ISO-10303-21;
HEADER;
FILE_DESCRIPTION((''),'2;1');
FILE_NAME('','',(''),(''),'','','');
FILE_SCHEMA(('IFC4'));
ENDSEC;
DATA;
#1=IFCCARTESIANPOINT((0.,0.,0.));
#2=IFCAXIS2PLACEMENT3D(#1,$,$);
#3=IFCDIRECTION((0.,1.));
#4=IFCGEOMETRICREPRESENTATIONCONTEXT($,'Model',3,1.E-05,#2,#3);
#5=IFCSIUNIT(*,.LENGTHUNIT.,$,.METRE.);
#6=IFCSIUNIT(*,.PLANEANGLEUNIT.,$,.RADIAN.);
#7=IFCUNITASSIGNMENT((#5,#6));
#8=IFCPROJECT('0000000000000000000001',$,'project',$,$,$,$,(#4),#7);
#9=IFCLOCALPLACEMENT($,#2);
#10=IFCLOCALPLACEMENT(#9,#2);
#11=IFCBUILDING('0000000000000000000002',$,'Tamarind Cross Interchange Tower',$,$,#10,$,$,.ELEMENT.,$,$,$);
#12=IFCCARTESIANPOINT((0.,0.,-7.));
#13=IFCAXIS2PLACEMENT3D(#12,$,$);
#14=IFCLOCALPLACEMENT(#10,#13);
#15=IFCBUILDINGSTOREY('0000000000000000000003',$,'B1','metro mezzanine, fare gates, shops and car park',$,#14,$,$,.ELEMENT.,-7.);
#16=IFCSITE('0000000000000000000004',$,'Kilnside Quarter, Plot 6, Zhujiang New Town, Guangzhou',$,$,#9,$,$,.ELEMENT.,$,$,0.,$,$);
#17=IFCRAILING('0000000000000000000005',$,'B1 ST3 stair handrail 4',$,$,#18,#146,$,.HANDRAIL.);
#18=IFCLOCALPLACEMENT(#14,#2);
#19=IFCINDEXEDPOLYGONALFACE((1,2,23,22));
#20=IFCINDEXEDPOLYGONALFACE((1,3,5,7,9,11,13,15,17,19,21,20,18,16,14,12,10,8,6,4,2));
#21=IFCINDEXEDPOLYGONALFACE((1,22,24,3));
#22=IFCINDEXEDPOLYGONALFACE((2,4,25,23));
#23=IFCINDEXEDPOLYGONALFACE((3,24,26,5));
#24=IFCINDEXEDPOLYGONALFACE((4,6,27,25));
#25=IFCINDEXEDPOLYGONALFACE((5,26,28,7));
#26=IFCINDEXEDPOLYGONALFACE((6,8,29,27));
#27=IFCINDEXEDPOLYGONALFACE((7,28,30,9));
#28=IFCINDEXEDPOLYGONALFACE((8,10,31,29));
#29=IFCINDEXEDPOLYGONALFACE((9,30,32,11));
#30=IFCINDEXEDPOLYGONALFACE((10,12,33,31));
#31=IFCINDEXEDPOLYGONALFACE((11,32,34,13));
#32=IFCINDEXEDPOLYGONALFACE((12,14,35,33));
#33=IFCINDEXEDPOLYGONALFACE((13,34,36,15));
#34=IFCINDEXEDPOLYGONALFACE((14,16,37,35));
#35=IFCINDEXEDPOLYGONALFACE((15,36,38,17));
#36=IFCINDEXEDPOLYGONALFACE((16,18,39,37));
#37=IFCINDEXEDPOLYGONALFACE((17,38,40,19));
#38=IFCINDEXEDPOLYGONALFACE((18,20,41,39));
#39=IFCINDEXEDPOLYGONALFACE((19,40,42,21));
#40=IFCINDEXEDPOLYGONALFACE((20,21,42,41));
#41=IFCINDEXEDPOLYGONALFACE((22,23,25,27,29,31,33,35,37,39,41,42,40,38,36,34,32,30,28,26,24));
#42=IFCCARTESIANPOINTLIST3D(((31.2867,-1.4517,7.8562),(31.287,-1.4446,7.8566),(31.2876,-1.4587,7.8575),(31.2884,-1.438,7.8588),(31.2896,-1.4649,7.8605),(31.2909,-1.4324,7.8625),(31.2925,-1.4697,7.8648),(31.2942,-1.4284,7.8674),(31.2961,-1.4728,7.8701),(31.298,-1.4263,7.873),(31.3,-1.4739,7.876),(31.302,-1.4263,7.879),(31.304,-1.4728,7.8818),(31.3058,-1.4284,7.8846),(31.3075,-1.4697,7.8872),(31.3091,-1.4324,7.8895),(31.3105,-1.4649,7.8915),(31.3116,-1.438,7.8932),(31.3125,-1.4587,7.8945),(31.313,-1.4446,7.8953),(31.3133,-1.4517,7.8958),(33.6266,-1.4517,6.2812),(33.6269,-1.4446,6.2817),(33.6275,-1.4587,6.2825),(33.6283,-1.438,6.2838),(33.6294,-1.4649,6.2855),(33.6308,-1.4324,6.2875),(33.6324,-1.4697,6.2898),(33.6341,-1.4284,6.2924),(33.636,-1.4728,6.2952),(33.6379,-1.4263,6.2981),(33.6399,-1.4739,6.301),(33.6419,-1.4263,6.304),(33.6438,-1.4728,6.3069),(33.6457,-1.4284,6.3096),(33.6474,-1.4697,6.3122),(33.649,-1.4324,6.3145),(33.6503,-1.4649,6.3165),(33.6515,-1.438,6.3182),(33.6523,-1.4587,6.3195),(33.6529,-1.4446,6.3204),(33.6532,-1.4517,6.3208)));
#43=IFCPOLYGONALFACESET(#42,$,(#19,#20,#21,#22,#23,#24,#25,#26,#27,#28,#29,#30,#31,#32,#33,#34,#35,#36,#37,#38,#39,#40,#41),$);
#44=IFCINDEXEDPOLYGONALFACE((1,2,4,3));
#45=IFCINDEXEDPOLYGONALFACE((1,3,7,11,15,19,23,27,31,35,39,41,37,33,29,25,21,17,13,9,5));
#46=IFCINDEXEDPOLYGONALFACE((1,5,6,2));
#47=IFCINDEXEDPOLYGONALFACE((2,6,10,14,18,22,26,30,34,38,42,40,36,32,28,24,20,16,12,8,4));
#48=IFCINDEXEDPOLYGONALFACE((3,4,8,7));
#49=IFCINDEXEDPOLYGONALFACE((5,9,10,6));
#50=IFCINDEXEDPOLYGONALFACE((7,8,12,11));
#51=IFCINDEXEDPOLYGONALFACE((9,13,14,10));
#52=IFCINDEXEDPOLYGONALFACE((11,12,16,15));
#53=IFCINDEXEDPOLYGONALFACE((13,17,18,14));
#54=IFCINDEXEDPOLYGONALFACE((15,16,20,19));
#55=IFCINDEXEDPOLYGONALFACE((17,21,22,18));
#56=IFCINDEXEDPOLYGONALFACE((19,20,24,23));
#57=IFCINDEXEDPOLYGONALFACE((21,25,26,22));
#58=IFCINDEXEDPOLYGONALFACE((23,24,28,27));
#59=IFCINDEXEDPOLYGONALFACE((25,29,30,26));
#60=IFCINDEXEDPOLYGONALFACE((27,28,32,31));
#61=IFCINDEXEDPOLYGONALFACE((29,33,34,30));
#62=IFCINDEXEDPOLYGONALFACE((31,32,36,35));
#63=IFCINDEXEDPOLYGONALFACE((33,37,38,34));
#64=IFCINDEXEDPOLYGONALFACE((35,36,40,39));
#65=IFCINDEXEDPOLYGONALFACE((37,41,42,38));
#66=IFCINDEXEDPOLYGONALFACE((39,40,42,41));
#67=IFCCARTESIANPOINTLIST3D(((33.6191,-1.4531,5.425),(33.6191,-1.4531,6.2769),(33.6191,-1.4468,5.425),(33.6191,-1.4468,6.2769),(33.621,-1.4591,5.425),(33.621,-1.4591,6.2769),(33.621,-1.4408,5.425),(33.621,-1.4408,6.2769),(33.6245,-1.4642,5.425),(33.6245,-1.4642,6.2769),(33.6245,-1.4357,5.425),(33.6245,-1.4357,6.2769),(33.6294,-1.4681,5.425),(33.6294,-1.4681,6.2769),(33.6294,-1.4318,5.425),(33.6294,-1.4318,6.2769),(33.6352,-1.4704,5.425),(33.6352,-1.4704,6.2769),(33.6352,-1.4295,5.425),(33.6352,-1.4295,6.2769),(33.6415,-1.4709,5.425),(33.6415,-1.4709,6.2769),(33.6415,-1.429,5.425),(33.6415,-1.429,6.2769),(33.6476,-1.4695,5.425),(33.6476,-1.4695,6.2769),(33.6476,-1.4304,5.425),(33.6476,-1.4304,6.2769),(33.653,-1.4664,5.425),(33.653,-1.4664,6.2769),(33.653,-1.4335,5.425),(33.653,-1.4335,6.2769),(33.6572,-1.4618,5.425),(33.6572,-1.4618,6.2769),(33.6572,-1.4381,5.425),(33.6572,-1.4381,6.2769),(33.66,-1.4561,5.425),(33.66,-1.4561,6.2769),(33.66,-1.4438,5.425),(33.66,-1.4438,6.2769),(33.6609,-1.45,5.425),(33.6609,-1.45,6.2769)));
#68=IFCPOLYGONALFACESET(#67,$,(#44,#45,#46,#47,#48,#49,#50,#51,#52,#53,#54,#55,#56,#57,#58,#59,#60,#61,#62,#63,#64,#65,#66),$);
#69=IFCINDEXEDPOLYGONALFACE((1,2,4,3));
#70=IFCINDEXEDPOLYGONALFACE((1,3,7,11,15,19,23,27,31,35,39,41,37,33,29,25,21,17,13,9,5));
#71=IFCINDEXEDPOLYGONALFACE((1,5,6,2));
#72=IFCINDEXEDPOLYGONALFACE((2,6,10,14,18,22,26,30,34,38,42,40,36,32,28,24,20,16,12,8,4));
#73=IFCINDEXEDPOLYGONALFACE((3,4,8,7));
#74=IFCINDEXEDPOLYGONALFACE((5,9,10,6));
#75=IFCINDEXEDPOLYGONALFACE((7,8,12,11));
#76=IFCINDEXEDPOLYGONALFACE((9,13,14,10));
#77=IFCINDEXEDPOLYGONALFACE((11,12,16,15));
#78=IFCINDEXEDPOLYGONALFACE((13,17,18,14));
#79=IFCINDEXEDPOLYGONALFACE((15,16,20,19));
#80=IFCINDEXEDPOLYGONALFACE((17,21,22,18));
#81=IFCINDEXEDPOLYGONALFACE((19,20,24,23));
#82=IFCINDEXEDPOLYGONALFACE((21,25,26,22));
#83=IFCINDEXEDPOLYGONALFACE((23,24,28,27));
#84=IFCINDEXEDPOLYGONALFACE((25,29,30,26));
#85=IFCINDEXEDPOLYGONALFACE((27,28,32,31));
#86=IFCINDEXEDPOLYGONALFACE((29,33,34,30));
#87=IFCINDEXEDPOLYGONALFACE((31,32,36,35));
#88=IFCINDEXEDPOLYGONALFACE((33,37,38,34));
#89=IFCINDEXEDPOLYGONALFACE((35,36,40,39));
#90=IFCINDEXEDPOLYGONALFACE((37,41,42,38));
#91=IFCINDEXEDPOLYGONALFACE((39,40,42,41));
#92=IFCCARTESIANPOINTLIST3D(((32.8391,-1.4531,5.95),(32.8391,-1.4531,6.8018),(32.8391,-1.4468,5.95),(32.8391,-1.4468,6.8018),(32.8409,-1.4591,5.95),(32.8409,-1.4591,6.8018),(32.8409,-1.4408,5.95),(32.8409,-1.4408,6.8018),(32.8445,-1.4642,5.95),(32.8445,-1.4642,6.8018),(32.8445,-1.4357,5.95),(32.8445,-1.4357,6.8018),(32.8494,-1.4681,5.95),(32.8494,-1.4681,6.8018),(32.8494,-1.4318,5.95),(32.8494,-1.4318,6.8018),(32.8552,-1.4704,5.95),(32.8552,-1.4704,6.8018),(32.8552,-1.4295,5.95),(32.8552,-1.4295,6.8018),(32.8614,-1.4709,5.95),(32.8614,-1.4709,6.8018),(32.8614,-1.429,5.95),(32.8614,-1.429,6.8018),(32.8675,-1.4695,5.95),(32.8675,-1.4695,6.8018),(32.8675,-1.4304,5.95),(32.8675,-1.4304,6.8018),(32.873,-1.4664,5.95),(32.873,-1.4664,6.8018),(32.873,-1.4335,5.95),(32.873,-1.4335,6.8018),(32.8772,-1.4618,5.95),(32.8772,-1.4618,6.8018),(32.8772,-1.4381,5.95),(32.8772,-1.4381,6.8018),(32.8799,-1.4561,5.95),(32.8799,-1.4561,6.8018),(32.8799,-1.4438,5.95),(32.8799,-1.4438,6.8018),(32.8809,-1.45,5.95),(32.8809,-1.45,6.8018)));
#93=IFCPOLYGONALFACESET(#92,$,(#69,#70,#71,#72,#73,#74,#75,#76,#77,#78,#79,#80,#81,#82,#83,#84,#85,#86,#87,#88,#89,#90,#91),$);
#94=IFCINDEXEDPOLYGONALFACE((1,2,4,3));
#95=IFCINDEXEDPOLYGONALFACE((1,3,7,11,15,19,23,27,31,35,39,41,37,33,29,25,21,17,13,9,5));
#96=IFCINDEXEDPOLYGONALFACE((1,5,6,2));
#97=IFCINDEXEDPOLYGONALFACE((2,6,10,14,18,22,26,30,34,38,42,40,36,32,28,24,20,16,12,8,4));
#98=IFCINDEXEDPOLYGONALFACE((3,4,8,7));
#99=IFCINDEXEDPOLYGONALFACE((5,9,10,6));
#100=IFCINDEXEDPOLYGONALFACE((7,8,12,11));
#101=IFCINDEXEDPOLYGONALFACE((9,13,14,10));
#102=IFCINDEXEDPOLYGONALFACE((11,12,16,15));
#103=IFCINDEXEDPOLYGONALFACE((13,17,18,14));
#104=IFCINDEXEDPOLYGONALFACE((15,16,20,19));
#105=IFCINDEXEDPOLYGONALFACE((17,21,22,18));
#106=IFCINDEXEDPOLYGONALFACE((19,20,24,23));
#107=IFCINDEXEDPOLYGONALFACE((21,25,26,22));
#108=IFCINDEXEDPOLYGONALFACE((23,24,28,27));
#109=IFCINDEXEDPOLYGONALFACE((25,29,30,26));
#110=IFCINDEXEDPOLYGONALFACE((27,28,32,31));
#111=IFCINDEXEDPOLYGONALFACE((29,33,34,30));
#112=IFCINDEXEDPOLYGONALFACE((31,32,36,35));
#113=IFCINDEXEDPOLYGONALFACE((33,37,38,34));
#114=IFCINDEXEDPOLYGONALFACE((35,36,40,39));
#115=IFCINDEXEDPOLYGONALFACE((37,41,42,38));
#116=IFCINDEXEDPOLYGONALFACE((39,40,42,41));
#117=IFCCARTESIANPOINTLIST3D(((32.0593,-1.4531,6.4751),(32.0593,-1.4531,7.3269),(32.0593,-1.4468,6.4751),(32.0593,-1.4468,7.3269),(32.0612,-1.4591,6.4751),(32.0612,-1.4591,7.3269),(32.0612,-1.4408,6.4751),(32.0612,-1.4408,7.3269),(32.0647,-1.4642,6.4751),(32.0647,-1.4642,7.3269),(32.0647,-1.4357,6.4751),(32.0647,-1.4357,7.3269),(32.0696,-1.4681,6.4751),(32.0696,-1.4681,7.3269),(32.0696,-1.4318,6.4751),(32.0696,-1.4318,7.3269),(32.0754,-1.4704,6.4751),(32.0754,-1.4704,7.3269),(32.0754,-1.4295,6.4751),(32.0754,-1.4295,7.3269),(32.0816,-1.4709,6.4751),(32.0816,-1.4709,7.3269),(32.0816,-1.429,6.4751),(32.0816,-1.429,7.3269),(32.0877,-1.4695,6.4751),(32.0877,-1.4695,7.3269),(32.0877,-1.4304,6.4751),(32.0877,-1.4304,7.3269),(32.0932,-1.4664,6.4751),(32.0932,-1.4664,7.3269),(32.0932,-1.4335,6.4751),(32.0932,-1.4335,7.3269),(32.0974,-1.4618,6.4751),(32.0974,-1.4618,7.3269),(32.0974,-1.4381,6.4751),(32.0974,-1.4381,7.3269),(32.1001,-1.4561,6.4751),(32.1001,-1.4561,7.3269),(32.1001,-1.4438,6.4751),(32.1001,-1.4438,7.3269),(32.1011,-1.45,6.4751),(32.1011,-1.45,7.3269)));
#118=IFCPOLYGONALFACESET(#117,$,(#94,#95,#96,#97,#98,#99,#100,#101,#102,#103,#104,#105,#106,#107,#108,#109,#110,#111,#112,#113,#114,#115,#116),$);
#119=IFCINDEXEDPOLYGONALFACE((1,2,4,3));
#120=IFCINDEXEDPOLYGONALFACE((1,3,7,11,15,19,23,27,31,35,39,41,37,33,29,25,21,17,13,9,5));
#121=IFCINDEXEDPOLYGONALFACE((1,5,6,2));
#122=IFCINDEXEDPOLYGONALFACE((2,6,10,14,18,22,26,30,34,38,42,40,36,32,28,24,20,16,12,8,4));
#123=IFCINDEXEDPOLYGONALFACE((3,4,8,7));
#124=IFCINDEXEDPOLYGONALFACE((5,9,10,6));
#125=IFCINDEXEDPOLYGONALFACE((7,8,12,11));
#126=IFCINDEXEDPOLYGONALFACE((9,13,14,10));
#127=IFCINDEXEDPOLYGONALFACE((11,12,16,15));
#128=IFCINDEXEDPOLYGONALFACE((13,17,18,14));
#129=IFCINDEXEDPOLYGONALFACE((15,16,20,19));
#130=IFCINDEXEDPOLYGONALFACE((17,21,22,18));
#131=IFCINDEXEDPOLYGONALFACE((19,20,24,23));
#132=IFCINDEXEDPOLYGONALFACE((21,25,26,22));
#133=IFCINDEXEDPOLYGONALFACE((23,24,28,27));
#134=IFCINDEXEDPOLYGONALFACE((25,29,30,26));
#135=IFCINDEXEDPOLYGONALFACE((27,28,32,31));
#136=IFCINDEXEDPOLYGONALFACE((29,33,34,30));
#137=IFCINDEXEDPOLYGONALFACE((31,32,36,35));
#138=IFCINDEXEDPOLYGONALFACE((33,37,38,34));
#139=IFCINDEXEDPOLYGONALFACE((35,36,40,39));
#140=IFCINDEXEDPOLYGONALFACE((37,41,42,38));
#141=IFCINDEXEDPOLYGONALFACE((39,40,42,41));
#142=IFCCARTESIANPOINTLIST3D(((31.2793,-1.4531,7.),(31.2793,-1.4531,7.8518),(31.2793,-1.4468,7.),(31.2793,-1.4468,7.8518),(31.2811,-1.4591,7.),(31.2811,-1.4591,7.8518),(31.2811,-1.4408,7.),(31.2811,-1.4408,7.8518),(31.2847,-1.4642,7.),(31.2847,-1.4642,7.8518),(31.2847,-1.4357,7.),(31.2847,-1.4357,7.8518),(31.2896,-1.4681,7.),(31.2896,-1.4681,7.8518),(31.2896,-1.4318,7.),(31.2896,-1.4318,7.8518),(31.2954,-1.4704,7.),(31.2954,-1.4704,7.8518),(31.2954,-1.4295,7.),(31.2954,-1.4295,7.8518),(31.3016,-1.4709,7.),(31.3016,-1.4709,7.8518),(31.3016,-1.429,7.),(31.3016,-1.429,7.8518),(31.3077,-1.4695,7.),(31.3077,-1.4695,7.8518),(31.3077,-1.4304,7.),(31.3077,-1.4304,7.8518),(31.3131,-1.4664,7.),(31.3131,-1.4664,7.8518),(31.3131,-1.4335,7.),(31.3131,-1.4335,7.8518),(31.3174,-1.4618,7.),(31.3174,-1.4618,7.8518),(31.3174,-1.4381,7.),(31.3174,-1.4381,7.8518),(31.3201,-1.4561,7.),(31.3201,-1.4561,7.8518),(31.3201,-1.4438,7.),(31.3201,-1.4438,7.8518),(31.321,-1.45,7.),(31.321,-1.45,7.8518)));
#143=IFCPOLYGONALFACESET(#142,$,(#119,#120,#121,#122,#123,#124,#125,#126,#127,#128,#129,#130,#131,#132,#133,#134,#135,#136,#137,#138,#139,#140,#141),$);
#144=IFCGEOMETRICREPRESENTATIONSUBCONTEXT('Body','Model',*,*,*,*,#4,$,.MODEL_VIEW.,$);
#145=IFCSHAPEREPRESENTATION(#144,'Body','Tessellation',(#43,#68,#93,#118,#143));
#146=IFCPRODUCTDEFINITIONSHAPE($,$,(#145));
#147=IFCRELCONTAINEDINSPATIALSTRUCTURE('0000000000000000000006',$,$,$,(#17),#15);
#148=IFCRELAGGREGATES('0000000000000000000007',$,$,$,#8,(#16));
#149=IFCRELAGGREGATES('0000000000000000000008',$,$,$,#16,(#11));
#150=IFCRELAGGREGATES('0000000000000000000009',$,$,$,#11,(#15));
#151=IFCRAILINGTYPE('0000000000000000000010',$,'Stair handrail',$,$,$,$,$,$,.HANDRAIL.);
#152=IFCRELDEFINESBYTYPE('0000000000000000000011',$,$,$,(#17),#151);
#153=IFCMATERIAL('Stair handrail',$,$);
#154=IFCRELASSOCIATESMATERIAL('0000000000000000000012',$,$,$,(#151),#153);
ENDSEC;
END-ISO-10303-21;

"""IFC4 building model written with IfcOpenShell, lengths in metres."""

from ifc_helpers import new_model, si_unit, direction, frame, origin, origin_2d, place, context, subcontext, project, spatial, circle, extrude, material, type_object, element, save


model = new_model("IFC4")

# Units and contexts
model_context = context("Model", 3, precision=1e-05, world=origin(), true_north=direction((0.0, 1.0)))
body_context = subcontext(model_context, "Body", "Model", "MODEL_VIEW")
ifc_project = project(units=[si_unit("LENGTHUNIT", "METRE"), si_unit("PLANEANGLEUNIT", "RADIAN")], contexts=[model_context])

# Site, building, storey
site_placement = place(None, origin())
site = spatial("IfcSite", under=ifc_project, at=site_placement, Name="Kilnside Quarter, Plot 6, Zhujiang New Town, Guangzhou", CompositionType="ELEMENT", RefElevation=0.0)
building_placement = place(site_placement, origin())
building = spatial("IfcBuilding", under=site, at=building_placement, Name="Tamarind Cross Interchange Tower", CompositionType="ELEMENT")
storey_placement = place(building_placement, frame((0.0, 0.0, -7.0)))
storey = spatial("IfcBuildingStorey", under=building, at=storey_placement, Name="B1", Description="metro mezzanine, fare gates, shops and car park", CompositionType="ELEMENT", Elevation=-7.0)

# Railing
ifc_material_1 = material(Name="Stair handrail")
railing_type_1 = type_object("IfcRailingType", Name="Stair handrail", PredefinedType="HANDRAIL", material=ifc_material_1)
railing_1_placement = place(storey_placement, frame((33.6399, -1.45, 5.425)))
element("IfcRailing", 1, at=railing_1_placement, inside=storey, type_object=railing_type_1, Name="B1 ST3 stair handrail 4", PredefinedType="HANDRAIL", context=body_context, shape_type="SweptSolid", body=[
    extrude(circle(Radius=0.0239, at=origin_2d()), frame((0.0, 0.0, 0.876), z_axis=(-0.829578, 0.0, 0.55839), x_axis=(0.0, -1.0, 0.0)), (0.0, 0.0, 1.0), 2.8206),
    extrude(circle(Radius=0.021, at=origin_2d()), origin(), (0.0, 0.0, 1.0), 0.8518),
    extrude(circle(Radius=0.021, at=origin_2d()), frame((-0.78, 0.0, 0.5249)), (0.0, 0.0, 1.0), 0.8518),
    extrude(circle(Radius=0.021, at=origin_2d()), frame((-1.5598, 0.0, 1.05)), (0.0, 0.0, 1.0), 0.8518),
    extrude(circle(Radius=0.021, at=origin_2d()), frame((-2.3398, 0.0, 1.575)), (0.0, 0.0, 1.0), 0.8518),
])

save(model, "model.ifc")
